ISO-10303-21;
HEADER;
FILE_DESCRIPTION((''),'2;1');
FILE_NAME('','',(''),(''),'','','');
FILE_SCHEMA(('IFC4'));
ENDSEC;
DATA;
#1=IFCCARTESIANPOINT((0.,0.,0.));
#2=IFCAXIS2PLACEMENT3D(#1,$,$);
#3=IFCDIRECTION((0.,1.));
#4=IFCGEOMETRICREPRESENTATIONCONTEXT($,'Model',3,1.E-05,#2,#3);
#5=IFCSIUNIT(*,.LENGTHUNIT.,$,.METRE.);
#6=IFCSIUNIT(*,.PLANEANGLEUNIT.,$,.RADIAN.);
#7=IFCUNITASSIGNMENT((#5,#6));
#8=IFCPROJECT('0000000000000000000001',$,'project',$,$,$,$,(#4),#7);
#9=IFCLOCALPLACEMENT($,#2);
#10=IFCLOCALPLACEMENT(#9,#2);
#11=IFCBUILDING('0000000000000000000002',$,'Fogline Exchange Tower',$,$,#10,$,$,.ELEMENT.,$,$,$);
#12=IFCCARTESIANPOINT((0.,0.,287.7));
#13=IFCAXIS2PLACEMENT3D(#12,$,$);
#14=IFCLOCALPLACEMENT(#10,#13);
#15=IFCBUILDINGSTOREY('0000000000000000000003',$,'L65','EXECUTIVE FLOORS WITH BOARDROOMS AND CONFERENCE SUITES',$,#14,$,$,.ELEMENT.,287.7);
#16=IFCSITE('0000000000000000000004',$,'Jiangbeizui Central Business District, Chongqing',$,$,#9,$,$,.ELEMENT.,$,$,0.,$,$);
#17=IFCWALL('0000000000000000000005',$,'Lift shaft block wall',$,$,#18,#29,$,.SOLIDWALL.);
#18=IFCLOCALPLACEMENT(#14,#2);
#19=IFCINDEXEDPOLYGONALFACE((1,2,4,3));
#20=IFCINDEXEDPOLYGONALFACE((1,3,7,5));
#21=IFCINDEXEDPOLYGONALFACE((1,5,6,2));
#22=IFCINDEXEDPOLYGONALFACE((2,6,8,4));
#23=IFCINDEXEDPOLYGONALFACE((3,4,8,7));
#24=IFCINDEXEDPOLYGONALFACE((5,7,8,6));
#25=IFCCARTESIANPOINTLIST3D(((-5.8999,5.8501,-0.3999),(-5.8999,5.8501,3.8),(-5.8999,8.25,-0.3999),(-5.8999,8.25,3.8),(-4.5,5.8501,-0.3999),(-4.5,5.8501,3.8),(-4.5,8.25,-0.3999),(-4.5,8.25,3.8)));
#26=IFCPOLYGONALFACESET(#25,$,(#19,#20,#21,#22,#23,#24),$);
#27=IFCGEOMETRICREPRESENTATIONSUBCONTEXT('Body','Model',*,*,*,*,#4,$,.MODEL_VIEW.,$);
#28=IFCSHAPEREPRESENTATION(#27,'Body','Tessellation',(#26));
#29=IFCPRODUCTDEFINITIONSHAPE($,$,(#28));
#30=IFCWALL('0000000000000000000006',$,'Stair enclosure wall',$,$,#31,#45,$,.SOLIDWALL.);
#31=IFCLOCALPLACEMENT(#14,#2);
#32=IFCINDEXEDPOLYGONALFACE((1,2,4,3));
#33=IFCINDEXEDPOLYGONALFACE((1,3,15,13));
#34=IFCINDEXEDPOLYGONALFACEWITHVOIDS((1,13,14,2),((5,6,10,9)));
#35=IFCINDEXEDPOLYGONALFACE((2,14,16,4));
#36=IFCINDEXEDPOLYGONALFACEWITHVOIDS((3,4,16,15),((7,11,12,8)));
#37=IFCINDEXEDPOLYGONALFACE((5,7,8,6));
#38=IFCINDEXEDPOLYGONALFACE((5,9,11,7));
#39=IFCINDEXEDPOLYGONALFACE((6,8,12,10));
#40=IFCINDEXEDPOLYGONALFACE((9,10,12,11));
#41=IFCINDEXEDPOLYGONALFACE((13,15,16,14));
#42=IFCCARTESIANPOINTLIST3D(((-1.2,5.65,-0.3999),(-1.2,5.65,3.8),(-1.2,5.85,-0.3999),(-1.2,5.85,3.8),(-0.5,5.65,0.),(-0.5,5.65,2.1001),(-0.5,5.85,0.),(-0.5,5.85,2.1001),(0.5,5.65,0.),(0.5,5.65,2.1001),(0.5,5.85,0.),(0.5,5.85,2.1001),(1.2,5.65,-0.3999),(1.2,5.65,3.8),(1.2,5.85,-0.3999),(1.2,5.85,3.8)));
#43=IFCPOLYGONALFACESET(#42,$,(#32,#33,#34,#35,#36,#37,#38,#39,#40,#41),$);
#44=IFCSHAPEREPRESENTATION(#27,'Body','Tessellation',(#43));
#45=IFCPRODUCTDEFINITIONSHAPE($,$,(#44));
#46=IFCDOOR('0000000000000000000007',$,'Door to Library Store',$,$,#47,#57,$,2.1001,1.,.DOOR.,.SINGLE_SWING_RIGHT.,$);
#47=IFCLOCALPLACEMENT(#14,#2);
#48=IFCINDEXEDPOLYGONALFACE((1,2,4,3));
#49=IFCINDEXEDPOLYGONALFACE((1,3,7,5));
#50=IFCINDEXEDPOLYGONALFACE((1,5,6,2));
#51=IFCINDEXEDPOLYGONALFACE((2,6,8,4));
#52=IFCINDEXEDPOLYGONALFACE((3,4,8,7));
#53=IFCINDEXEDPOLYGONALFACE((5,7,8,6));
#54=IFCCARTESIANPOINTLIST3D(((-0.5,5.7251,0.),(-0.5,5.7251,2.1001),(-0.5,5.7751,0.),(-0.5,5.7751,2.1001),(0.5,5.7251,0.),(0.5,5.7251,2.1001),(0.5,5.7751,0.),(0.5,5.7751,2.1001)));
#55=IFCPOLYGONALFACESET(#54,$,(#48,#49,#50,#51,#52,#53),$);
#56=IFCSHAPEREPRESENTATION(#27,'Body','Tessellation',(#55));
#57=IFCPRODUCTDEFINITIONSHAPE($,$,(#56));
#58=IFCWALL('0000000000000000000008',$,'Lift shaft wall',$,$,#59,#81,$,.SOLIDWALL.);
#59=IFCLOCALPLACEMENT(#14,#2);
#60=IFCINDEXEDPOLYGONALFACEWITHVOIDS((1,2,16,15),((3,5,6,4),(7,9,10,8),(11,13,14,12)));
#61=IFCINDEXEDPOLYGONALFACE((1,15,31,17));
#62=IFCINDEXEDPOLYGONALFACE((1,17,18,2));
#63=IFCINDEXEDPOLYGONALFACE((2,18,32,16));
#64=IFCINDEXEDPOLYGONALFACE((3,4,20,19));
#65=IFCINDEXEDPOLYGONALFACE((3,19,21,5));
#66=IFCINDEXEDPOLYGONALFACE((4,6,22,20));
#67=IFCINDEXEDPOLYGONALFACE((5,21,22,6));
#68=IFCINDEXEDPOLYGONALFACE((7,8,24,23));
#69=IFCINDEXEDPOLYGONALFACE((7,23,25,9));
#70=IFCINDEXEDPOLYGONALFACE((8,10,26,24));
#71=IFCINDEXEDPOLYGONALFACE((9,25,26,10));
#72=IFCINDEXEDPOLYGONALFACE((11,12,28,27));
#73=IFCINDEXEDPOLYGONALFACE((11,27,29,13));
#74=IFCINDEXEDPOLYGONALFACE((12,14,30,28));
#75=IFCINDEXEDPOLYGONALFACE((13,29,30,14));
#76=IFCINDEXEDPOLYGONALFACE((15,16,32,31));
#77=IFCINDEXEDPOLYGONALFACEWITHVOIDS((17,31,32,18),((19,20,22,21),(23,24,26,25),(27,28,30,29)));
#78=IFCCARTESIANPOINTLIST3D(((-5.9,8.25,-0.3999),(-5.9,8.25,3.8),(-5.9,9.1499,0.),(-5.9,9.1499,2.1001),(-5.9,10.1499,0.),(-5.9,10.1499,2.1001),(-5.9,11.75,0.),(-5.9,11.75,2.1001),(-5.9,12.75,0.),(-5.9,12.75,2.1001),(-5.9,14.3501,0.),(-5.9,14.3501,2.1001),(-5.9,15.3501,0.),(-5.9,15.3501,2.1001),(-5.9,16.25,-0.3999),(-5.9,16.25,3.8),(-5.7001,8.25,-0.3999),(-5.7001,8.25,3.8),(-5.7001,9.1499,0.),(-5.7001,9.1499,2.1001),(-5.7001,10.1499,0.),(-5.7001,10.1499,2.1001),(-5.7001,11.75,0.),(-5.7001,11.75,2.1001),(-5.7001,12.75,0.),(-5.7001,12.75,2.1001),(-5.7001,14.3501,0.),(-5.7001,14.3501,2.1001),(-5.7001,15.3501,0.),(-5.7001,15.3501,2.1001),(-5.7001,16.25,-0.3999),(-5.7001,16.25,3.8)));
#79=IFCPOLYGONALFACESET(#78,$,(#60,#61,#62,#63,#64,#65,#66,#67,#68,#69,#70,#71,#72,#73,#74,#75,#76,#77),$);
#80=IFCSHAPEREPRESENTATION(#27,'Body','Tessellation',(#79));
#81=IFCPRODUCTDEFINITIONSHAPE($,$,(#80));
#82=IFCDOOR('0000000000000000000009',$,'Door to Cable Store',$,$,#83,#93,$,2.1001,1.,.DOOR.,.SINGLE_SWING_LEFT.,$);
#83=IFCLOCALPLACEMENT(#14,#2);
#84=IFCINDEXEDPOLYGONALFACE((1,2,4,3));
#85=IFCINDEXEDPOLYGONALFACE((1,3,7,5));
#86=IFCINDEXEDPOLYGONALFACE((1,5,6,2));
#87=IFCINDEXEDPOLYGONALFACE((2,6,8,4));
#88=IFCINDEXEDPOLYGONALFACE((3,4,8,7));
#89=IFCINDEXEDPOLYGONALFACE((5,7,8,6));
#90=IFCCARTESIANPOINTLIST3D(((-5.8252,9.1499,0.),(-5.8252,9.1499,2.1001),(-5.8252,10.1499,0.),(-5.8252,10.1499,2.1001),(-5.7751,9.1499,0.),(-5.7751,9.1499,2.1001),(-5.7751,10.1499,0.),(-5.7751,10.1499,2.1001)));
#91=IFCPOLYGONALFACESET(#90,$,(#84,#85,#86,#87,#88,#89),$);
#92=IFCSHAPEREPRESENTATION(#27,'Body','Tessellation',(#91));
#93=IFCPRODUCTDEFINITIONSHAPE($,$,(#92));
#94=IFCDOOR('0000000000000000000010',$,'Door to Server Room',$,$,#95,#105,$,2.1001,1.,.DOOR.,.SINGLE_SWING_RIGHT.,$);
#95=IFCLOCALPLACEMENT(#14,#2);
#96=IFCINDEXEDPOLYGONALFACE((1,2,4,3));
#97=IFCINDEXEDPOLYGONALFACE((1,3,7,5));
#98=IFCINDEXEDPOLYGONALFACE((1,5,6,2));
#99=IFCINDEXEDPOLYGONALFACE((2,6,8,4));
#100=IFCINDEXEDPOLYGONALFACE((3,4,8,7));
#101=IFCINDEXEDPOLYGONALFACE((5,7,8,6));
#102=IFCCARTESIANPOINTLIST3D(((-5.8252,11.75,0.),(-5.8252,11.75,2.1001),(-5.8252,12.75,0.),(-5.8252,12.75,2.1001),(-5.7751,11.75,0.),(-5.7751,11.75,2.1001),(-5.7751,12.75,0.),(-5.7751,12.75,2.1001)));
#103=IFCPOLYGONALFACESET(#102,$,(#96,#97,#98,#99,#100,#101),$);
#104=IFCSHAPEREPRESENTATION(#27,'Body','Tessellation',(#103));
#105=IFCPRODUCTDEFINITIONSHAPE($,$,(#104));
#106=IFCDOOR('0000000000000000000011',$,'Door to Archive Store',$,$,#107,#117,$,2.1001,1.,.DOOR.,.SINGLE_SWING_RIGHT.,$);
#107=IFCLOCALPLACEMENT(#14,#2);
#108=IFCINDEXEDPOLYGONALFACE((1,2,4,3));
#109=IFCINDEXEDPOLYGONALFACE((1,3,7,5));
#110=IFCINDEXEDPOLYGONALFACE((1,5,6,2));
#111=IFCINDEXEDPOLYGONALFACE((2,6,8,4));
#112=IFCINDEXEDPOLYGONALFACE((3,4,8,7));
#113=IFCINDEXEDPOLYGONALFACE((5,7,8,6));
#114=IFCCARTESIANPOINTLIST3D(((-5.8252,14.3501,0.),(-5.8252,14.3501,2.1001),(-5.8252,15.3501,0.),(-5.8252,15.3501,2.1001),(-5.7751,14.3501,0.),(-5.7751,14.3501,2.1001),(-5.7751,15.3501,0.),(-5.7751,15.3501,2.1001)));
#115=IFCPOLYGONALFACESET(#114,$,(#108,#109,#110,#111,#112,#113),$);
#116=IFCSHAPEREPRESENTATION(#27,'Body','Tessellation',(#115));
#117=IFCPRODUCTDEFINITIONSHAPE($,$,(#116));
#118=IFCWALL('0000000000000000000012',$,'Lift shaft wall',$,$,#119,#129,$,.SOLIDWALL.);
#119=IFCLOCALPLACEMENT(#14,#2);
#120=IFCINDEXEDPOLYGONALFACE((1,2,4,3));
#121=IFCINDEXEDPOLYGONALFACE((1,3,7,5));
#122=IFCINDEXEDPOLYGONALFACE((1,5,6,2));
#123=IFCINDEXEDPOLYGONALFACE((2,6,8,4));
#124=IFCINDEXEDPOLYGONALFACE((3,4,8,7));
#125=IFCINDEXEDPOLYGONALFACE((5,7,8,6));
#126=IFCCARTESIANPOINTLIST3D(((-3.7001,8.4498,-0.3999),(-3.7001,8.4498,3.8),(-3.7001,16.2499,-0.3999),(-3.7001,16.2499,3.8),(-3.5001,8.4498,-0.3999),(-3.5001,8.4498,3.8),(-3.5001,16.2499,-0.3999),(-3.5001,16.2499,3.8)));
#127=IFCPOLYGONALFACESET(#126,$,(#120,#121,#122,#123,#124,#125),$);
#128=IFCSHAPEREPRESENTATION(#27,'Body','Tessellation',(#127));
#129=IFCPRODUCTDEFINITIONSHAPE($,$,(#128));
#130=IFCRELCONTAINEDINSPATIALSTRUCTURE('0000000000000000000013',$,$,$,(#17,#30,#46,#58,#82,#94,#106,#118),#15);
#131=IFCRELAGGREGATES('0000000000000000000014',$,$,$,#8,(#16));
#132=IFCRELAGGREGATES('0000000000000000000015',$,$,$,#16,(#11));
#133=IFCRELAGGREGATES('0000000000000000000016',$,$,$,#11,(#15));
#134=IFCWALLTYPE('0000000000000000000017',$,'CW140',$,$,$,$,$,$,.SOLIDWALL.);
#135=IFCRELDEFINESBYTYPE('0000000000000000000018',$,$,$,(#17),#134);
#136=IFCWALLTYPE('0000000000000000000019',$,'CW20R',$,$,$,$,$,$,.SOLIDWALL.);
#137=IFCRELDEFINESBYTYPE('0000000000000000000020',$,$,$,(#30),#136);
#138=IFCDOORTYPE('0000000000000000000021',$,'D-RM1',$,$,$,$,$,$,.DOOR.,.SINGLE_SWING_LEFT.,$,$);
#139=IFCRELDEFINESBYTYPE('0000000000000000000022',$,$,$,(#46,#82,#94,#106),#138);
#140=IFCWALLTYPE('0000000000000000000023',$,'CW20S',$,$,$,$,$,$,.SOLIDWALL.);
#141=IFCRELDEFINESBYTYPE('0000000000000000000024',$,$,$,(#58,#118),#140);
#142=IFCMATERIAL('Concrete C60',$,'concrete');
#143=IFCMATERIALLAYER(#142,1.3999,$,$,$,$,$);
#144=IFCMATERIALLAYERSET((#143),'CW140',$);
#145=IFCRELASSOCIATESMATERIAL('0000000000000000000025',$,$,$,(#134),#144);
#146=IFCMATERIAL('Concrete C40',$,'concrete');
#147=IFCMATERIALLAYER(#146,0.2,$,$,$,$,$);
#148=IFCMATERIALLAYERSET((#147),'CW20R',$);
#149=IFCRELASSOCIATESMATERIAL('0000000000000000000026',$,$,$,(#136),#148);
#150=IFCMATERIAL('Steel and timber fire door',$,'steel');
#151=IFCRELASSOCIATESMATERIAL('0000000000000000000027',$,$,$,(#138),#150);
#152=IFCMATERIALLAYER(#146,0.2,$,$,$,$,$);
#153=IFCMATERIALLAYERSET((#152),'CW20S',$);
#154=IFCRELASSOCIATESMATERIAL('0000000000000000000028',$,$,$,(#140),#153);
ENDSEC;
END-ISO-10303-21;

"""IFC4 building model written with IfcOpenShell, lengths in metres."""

from ifc_helpers import new_model, si_unit, direction, frame, frame_2d, origin, place, context, subcontext, project, spatial, rectangle, extrude, material, layer, layer_set, type_object, element, fill, save


model = new_model("IFC4")

# Units and contexts
model_context = context("Model", 3, precision=1e-05, world=origin(), true_north=direction((0.0, 1.0)))
body_context = subcontext(model_context, "Body", "Model", "MODEL_VIEW")
ifc_project = project(units=[si_unit("LENGTHUNIT", "METRE"), si_unit("PLANEANGLEUNIT", "RADIAN")], contexts=[model_context])

# Site, building, storey
site_placement = place(None, origin())
site = spatial("IfcSite", under=ifc_project, at=site_placement, Name="Jiangbeizui Central Business District, Chongqing", CompositionType="ELEMENT", RefElevation=0.0)
building_placement = place(site_placement, origin())
building = spatial("IfcBuilding", under=site, at=building_placement, Name="Fogline Exchange Tower", CompositionType="ELEMENT")
storey_placement = place(building_placement, frame((0.0, 0.0, 287.7)))
storey = spatial("IfcBuildingStorey", under=building, at=storey_placement, Name="L65", Description="EXECUTIVE FLOORS WITH BOARDROOMS AND CONFERENCE SUITES", CompositionType="ELEMENT", Elevation=287.7)

# Wall
ifc_material_1 = material(Name="Concrete C60", Category="concrete")
ifc_layer_1 = layer(ifc_material_1, 1.3999)
ifc_layer_set_1 = layer_set([ifc_layer_1], Name="CW140")
wall_type_1 = type_object("IfcWallType", Name="CW140", PredefinedType="SOLIDWALL", material=ifc_layer_set_1)
wall_1_placement = place(storey_placement, frame((-5.2, 5.8501, -0.3999), z_axis=(0.0, 0.0, 1.0), x_axis=(0.0, 1.0, 0.0)))
element("IfcWall", 1, at=wall_1_placement, inside=storey, type_object=wall_type_1, Name="Lift shaft block wall", PredefinedType="SOLIDWALL", context=body_context, shape_type="SweptSolid", body=[
    extrude(rectangle(XDim=2.3999, YDim=1.3999, at=frame_2d((1.2, 0.0))), origin(), (0.0, 0.0, 1.0), 4.2),
])

# Wall, opening, door
ifc_material_2 = material(Name="Concrete C40", Category="concrete")
ifc_layer_2 = layer(ifc_material_2, 0.2)
ifc_layer_set_2 = layer_set([ifc_layer_2], Name="CW20R")
wall_type_2 = type_object("IfcWallType", Name="CW20R", PredefinedType="SOLIDWALL", material=ifc_layer_set_2)
wall_2_placement = place(storey_placement, frame((-1.2, 5.75, -0.3999), z_axis=(0.0, 0.0, 1.0), x_axis=(1.0, 0.0, 0.0)))
wall_2 = element("IfcWall", 2, at=wall_2_placement, inside=storey, type_object=wall_type_2, Name="Stair enclosure wall", PredefinedType="SOLIDWALL", context=body_context, shape_type="SweptSolid", body=[
    extrude(rectangle(XDim=2.3999, YDim=0.2, at=frame_2d((1.2, 0.0))), origin(), (0.0, 0.0, 1.0), 4.2),
])
opening_1_placement = place(wall_2_placement, frame((0.7, 0.0, 0.3999)))
opening_1 = element("IfcOpeningElement", 3, at=opening_1_placement, cuts=wall_2, PredefinedType="OPENING", context=body_context, shape_type="SweptSolid", body=[
    extrude(rectangle(XDim=1.0, YDim=2.1001, at=frame_2d((0.5, 1.05))), frame((0.0, 0.1099, 0.0), z_axis=(0.0, -1.0, 0.0), x_axis=(1.0, 0.0, 0.0)), (0.0, 0.0, 1.0), 0.22),
])
ifc_material_3 = material(Name="Steel and timber fire door", Category="steel")
door_type_1 = type_object("IfcDoorType", Name="D-RM1", OperationType="SINGLE_SWING_LEFT", PredefinedType="DOOR", material=ifc_material_3)
door_1_placement = place(opening_1_placement, frame((1.0, 0.0, 0.0), z_axis=(0.0, 0.0, 1.0), x_axis=(-1.0, 0.0, 0.0)))
door_1 = element("IfcDoor", 4, at=door_1_placement, inside=storey, type_object=door_type_1, Name="Door to Library Store", OperationType="SINGLE_SWING_RIGHT", OverallHeight=2.1001, OverallWidth=1.0, PredefinedType="DOOR", context=body_context, shape_type="SweptSolid", body=[
    extrude(rectangle(XDim=1.0, YDim=2.1001, at=frame_2d((0.5, 1.05))), frame((0.0, 0.0249, 0.0), z_axis=(0.0, -1.0, 0.0), x_axis=(1.0, 0.0, 0.0)), (0.0, 0.0, 1.0), 0.05),
])
fill(opening_1, door_1)

# Wall, openings, doors
ifc_layer_3 = layer(ifc_material_2, 0.2)
ifc_layer_set_3 = layer_set([ifc_layer_3], Name="CW20S")
wall_type_3 = type_object("IfcWallType", Name="CW20S", PredefinedType="SOLIDWALL", material=ifc_layer_set_3)
wall_3_placement = place(storey_placement, frame((-5.8, 8.25, -0.3999), z_axis=(0.0, 0.0, 1.0), x_axis=(0.0, 1.0, 0.0)))
wall_3 = element("IfcWall", 5, at=wall_3_placement, inside=storey, type_object=wall_type_3, Name="Lift shaft wall", PredefinedType="SOLIDWALL", context=body_context, shape_type="SweptSolid", body=[
    extrude(rectangle(XDim=8.0, YDim=0.2, at=frame_2d((4.0, 0.0))), origin(), (0.0, 0.0, 1.0), 4.2),
])
opening_2_placement = place(wall_3_placement, frame((0.8999, 0.0, 0.3999)))
opening_2 = element("IfcOpeningElement", 6, at=opening_2_placement, cuts=wall_3, PredefinedType="OPENING", context=body_context, shape_type="SweptSolid", body=[
    extrude(rectangle(XDim=1.0, YDim=2.1001, at=frame_2d((0.5, 1.05))), frame((0.0, 0.1099, 0.0), z_axis=(0.0, -1.0, 0.0), x_axis=(1.0, 0.0, 0.0)), (0.0, 0.0, 1.0), 0.22),
])
opening_3_placement = place(wall_3_placement, frame((3.5, 0.0, 0.3999)))
opening_3 = element("IfcOpeningElement", 7, at=opening_3_placement, cuts=wall_3, PredefinedType="OPENING", context=body_context, shape_type="SweptSolid", body=[
    extrude(rectangle(XDim=1.0, YDim=2.1001, at=frame_2d((0.5, 1.05))), frame((0.0, 0.1099, 0.0), z_axis=(0.0, -1.0, 0.0), x_axis=(1.0, 0.0, 0.0)), (0.0, 0.0, 1.0), 0.22),
])
opening_4_placement = place(wall_3_placement, frame((6.1001, 0.0, 0.3999)))
opening_4 = element("IfcOpeningElement", 8, at=opening_4_placement, cuts=wall_3, PredefinedType="OPENING", context=body_context, shape_type="SweptSolid", body=[
    extrude(rectangle(XDim=1.0, YDim=2.1001, at=frame_2d((0.5, 1.05))), frame((0.0, 0.1099, 0.0), z_axis=(0.0, -1.0, 0.0), x_axis=(1.0, 0.0, 0.0)), (0.0, 0.0, 1.0), 0.22),
])
door_2_placement = place(opening_2_placement, frame((1.0, 0.0, 0.0), z_axis=(0.0, 0.0, 1.0), x_axis=(-1.0, 0.0, 0.0)))
door_2 = element("IfcDoor", 9, at=door_2_placement, inside=storey, type_object=door_type_1, Name="Door to Cable Store", OperationType="SINGLE_SWING_LEFT", OverallHeight=2.1001, OverallWidth=1.0, PredefinedType="DOOR", context=body_context, shape_type="SweptSolid", body=[
    extrude(rectangle(XDim=1.0, YDim=2.1001, at=frame_2d((0.5, 1.05))), frame((0.0, 0.0249, 0.0), z_axis=(0.0, -1.0, 0.0), x_axis=(1.0, 0.0, 0.0)), (0.0, 0.0, 1.0), 0.05),
])
fill(opening_2, door_2)
door_3_placement = place(opening_3_placement, frame((1.0, 0.0, 0.0), z_axis=(0.0, 0.0, 1.0), x_axis=(-1.0, 0.0, 0.0)))
door_3 = element("IfcDoor", 10, at=door_3_placement, inside=storey, type_object=door_type_1, Name="Door to Server Room", OperationType="SINGLE_SWING_RIGHT", OverallHeight=2.1001, OverallWidth=1.0, PredefinedType="DOOR", context=body_context, shape_type="SweptSolid", body=[
    extrude(rectangle(XDim=1.0, YDim=2.1001, at=frame_2d((0.5, 1.05))), frame((0.0, 0.0249, 0.0), z_axis=(0.0, -1.0, 0.0), x_axis=(1.0, 0.0, 0.0)), (0.0, 0.0, 1.0), 0.05),
])
fill(opening_3, door_3)
door_4_placement = place(opening_4_placement, frame((1.0, 0.0, 0.0), z_axis=(0.0, 0.0, 1.0), x_axis=(-1.0, 0.0, 0.0)))
door_4 = element("IfcDoor", 11, at=door_4_placement, inside=storey, type_object=door_type_1, Name="Door to Archive Store", OperationType="SINGLE_SWING_RIGHT", OverallHeight=2.1001, OverallWidth=1.0, PredefinedType="DOOR", context=body_context, shape_type="SweptSolid", body=[
    extrude(rectangle(XDim=1.0, YDim=2.1001, at=frame_2d((0.5, 1.05))), frame((0.0, 0.0249, 0.0), z_axis=(0.0, -1.0, 0.0), x_axis=(1.0, 0.0, 0.0)), (0.0, 0.0, 1.0), 0.05),
])
fill(opening_4, door_4)

# Wall
wall_4_placement = place(storey_placement, frame((-3.6001, 8.45, -0.3999), z_axis=(0.0, 0.0, 1.0), x_axis=(0.0, 1.0, 0.0)))
element("IfcWall", 12, at=wall_4_placement, inside=storey, type_object=wall_type_3, Name="Lift shaft wall", PredefinedType="SOLIDWALL", context=body_context, shape_type="SweptSolid", body=[
    extrude(rectangle(XDim=7.8, YDim=0.2, at=frame_2d((3.8999, 0.0))), origin(), (0.0, 0.0, 1.0), 4.2),
])

save(model, "model.ifc")
